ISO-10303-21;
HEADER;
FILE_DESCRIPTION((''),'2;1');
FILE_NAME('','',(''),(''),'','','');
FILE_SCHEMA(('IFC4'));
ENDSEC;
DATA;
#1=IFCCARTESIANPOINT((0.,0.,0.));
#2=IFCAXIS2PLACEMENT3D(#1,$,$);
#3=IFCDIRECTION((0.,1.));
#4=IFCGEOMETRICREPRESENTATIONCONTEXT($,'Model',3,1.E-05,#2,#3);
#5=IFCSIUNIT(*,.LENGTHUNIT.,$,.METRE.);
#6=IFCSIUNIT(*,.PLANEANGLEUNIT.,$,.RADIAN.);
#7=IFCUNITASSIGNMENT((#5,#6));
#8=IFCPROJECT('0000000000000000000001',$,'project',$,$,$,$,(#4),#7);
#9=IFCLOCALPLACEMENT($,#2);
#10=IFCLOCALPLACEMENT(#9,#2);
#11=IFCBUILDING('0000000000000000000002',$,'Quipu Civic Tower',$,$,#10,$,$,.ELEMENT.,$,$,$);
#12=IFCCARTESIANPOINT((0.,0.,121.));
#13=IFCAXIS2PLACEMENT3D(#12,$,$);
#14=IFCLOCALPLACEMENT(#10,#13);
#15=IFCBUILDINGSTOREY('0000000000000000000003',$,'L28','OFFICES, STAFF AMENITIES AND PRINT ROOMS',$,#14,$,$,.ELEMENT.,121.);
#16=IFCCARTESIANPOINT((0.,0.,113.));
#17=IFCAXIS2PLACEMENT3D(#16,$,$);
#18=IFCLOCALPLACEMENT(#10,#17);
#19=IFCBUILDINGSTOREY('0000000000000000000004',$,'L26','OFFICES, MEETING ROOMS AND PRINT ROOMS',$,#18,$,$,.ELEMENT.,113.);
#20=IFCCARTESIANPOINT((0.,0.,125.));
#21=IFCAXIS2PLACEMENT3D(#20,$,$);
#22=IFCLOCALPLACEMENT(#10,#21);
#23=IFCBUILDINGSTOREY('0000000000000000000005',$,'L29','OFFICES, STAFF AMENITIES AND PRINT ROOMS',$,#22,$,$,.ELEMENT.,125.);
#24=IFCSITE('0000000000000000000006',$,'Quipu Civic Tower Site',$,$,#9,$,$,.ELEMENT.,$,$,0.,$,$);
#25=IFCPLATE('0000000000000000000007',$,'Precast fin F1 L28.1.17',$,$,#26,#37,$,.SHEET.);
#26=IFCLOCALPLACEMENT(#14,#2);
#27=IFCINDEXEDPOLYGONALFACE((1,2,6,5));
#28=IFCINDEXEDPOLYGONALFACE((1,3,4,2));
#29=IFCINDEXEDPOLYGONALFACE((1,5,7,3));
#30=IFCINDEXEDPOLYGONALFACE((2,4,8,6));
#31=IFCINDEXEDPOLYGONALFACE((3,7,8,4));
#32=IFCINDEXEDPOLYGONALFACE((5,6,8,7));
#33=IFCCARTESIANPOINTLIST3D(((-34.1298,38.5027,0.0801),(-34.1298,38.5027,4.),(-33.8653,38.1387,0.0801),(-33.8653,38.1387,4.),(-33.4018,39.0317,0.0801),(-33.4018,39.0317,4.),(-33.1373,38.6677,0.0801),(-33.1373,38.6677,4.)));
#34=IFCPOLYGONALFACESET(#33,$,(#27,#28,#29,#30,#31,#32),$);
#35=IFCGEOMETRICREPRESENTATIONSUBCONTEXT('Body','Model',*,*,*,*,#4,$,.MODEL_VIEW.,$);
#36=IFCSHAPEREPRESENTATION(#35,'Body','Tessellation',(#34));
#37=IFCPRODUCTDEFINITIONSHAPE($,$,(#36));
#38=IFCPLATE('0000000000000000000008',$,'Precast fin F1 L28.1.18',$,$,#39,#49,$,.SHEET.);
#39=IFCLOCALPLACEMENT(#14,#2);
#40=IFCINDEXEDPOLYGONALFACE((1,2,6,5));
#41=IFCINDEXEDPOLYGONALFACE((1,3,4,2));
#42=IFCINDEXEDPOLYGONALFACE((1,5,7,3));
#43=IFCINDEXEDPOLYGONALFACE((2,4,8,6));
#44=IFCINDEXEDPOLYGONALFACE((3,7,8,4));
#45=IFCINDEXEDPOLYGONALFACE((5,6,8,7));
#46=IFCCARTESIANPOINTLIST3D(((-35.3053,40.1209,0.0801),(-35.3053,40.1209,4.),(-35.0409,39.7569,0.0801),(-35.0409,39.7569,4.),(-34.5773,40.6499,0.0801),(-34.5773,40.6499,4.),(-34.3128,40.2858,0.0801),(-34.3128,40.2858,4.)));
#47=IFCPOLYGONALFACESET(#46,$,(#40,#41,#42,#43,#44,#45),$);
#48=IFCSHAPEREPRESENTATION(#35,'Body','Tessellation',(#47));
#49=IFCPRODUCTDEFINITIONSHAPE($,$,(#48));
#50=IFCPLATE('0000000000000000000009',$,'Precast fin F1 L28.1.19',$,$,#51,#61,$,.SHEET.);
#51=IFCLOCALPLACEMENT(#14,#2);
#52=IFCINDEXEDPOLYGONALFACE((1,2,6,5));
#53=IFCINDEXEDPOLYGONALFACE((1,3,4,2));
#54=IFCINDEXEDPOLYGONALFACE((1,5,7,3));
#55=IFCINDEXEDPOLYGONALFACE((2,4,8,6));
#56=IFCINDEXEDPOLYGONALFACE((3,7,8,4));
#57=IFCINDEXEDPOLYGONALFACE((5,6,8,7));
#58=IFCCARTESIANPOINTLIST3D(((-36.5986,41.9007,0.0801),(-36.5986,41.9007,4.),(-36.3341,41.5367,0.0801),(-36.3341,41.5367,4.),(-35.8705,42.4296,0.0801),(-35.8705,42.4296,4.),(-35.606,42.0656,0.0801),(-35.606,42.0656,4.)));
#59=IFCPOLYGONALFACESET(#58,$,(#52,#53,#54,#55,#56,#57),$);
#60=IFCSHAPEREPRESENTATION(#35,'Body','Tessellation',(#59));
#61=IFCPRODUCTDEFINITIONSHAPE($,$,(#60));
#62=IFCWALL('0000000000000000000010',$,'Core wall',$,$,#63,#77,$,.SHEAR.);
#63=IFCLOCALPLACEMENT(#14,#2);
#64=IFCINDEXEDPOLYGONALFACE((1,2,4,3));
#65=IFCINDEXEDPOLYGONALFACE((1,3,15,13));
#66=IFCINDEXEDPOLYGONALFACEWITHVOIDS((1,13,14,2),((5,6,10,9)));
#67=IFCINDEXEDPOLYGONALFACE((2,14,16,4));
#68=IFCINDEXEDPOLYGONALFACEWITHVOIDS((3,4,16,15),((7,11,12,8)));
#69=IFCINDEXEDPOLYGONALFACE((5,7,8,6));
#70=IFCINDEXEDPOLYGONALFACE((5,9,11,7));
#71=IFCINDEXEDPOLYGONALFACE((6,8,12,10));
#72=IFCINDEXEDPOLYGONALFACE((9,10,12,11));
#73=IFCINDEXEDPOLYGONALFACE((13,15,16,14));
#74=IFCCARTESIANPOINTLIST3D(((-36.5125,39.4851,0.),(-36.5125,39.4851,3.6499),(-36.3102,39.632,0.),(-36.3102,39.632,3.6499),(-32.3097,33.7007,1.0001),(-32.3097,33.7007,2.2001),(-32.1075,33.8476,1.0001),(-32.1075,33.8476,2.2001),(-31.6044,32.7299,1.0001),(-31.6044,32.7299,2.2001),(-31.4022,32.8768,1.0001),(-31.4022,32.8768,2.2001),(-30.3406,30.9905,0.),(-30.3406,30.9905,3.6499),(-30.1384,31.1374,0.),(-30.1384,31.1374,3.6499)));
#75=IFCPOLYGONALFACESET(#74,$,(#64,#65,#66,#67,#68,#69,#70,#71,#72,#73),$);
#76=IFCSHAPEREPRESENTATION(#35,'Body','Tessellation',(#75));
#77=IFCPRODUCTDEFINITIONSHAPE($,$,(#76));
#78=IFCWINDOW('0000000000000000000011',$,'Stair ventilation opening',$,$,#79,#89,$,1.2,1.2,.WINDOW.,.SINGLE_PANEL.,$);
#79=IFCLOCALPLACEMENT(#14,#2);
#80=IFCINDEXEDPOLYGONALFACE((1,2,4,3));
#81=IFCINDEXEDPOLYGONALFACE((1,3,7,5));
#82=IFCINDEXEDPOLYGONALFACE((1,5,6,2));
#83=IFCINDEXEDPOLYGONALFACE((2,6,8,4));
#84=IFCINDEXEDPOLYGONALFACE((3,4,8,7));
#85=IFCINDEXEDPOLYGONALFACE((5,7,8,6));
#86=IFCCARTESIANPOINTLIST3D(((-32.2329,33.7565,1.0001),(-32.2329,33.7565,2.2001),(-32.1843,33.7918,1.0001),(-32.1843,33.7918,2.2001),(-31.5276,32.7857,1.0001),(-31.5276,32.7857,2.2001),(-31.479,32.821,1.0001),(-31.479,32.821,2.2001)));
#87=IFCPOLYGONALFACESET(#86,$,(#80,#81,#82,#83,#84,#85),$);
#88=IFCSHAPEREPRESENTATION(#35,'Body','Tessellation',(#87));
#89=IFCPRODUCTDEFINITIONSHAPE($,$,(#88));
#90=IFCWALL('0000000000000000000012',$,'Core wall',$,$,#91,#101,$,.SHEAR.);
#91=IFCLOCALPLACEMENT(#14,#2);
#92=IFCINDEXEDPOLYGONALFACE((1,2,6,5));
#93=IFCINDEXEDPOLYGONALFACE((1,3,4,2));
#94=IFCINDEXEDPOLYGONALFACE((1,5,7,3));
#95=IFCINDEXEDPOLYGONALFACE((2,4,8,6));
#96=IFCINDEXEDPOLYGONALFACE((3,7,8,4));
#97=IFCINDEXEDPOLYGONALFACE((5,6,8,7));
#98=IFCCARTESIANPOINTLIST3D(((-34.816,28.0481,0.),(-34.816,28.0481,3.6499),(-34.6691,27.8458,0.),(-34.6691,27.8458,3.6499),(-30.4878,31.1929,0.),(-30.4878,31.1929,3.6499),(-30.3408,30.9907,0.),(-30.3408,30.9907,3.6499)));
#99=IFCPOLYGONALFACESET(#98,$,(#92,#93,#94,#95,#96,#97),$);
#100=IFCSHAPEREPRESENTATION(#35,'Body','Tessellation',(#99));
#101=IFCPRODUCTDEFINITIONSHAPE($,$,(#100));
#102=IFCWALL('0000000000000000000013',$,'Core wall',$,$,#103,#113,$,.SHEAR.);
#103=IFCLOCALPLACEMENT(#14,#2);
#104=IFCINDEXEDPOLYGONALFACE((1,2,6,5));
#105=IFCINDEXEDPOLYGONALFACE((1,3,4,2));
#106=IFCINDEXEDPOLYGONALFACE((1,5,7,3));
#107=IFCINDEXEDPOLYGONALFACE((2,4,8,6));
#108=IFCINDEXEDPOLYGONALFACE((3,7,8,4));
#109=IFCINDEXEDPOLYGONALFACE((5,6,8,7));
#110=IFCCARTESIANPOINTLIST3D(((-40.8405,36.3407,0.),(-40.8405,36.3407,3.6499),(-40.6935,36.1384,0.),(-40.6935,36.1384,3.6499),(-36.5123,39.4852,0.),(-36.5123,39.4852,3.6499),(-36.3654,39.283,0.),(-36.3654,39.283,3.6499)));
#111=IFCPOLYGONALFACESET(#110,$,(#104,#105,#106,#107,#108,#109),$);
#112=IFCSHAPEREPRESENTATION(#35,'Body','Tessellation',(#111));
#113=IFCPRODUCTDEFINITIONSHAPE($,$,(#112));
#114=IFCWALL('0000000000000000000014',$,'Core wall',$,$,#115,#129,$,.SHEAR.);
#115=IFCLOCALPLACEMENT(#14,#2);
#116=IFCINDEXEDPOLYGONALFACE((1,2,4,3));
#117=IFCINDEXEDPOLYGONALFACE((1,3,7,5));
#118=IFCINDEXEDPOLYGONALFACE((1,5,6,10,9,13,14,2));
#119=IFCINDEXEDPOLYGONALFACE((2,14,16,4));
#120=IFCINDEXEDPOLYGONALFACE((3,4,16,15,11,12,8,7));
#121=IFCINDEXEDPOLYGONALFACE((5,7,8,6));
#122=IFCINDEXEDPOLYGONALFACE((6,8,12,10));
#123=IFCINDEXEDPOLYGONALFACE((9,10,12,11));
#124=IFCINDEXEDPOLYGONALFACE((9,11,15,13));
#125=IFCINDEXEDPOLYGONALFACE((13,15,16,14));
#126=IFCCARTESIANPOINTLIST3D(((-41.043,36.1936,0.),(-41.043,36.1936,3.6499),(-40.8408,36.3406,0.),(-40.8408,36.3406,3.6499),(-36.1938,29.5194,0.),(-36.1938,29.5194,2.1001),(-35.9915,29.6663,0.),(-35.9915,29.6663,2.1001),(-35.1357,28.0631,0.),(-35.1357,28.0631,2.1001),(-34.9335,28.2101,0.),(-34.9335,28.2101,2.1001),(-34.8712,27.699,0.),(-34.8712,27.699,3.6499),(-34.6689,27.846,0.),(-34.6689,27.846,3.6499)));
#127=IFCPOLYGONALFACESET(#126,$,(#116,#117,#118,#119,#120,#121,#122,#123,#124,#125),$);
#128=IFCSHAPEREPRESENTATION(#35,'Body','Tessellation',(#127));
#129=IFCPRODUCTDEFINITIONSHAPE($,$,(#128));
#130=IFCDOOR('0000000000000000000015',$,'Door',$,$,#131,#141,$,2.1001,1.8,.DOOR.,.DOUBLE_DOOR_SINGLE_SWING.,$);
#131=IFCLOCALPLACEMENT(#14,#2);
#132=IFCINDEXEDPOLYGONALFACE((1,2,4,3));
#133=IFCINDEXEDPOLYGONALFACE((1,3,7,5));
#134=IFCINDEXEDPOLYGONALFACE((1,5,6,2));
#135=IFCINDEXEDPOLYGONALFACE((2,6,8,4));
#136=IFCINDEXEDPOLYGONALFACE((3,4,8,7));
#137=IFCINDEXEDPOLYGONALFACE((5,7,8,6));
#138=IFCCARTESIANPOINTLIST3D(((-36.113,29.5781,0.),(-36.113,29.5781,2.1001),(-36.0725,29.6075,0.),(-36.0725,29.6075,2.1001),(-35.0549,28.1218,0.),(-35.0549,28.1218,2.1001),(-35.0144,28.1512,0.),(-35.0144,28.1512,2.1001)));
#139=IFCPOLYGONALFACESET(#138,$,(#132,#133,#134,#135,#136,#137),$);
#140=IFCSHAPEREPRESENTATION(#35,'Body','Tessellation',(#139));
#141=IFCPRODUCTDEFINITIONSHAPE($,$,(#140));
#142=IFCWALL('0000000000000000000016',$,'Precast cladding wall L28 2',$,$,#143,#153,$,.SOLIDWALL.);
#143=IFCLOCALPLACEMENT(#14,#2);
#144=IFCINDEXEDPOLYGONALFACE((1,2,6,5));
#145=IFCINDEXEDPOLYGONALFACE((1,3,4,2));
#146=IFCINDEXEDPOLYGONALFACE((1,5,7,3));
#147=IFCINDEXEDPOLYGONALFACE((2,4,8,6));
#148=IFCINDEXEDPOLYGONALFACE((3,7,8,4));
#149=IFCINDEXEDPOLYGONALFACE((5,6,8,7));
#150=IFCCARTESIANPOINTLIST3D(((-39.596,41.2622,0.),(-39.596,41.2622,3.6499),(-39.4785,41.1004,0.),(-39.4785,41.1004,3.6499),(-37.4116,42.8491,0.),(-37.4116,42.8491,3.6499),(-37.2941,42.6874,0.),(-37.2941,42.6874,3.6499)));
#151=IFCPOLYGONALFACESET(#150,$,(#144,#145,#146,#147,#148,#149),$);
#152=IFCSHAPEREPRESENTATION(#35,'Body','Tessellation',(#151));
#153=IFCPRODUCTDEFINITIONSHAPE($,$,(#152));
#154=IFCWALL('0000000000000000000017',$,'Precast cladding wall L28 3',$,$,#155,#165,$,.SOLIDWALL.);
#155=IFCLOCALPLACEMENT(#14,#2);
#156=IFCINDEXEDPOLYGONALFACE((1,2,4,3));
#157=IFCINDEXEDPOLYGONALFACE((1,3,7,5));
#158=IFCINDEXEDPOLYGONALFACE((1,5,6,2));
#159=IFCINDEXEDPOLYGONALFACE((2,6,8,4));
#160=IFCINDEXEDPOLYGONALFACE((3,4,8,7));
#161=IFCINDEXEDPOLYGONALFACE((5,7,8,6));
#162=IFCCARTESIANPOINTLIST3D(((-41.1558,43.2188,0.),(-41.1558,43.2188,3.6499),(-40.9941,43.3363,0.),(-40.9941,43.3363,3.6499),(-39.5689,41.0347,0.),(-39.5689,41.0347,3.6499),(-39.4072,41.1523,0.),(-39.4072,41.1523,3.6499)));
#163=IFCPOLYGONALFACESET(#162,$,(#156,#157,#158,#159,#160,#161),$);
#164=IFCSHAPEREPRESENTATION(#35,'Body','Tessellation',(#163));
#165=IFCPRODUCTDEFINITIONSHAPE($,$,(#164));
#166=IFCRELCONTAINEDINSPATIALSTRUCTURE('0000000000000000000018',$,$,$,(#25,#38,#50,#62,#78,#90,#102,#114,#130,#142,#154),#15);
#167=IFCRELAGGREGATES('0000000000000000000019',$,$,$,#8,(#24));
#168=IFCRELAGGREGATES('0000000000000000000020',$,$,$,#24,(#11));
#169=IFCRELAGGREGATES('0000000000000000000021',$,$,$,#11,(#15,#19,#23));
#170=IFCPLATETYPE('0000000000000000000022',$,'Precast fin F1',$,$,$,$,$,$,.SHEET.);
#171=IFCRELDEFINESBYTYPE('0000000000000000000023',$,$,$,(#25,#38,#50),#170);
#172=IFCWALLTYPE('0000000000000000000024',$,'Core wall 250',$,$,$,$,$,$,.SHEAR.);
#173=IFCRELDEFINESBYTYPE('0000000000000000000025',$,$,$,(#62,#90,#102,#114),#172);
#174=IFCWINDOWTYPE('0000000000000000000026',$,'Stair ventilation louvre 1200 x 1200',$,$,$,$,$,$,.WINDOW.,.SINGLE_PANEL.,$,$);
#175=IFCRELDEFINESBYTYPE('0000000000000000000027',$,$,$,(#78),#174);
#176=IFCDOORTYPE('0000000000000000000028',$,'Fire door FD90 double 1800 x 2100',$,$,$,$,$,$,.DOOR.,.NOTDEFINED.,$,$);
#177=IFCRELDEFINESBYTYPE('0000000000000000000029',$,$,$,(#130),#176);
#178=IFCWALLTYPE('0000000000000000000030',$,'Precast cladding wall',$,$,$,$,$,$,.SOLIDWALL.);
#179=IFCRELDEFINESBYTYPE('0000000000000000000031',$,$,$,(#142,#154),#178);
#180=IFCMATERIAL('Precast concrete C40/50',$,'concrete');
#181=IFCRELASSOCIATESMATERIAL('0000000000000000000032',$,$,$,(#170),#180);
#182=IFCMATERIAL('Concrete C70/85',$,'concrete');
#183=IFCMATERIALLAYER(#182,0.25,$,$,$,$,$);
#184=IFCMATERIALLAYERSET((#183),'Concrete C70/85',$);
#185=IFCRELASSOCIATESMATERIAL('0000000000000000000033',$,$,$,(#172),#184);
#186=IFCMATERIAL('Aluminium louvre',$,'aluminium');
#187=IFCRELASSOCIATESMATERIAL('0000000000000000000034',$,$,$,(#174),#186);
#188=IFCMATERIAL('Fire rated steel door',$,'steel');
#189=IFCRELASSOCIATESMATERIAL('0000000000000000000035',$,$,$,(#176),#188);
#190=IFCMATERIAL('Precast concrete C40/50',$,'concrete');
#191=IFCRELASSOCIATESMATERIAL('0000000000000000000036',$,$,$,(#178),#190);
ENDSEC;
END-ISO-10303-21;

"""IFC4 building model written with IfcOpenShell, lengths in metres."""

from ifc_helpers import new_model, si_unit, direction, frame, frame_2d, origin, origin_2d, place, context, subcontext, project, spatial, rectangle, extrude, material, layer, layer_set, type_object, element, fill, save


model = new_model("IFC4")

# Units and contexts
model_context = context("Model", 3, precision=1e-05, world=origin(), true_north=direction((0.0, 1.0)))
body_context = subcontext(model_context, "Body", "Model", "MODEL_VIEW")
ifc_project = project(units=[si_unit("LENGTHUNIT", "METRE"), si_unit("PLANEANGLEUNIT", "RADIAN")], contexts=[model_context])

# Site, building, storey
site_placement = place(None, origin())
site = spatial("IfcSite", under=ifc_project, at=site_placement, Name="Quipu Civic Tower Site", CompositionType="ELEMENT", RefElevation=0.0)
building_placement = place(site_placement, origin())
building = spatial("IfcBuilding", under=site, at=building_placement, Name="Quipu Civic Tower", CompositionType="ELEMENT")
storey_1_placement = place(building_placement, frame((0.0, 0.0, 121.0)))
storey_1 = spatial("IfcBuildingStorey", under=building, at=storey_1_placement, Name="L28", Description="OFFICES, STAFF AMENITIES AND PRINT ROOMS", CompositionType="ELEMENT", Elevation=121.0)

# Shared definitions
storey_2_placement = place(building_placement, frame((0.0, 0.0, 113.0)))
storey_2 = spatial("IfcBuildingStorey", under=building, at=storey_2_placement, Name="L26", Description="OFFICES, MEETING ROOMS AND PRINT ROOMS", CompositionType="ELEMENT", Elevation=113.0)

# Shared definitions
storey_3_placement = place(building_placement, frame((0.0, 0.0, 125.0)))
storey_3 = spatial("IfcBuildingStorey", under=building, at=storey_3_placement, Name="L29", Description="OFFICES, STAFF AMENITIES AND PRINT ROOMS", CompositionType="ELEMENT", Elevation=125.0)

# Plates
ifc_material_1 = material(Name="Precast concrete C40/50", Category="concrete")
plate_type_1 = type_object("IfcPlateType", Name="Precast fin F1", PredefinedType="SHEET", material=ifc_material_1)
for number, where, z_axis, x_axis, name in (
    (1, (-33.6335, 38.5852, 0.0801), (0.0, 0.0, 1.0), (-0.587785, 0.809017, 0.0), "Precast fin F1 L28.1.17"),
    (2, (-34.8091, 40.2034, 0.0801), (0.0, 0.0, 1.0), (-0.587785, 0.809017, 0.0), "Precast fin F1 L28.1.18"),
    (3, (-36.1023, 41.9832, 0.0801), (0.0, 0.0, 1.0), (-0.587785, 0.809017, 0.0), "Precast fin F1 L28.1.19"),
):
    element("IfcPlate", number, at=place(storey_1_placement, frame(where, z_axis=z_axis, x_axis=x_axis)), inside=storey_1, type_object=plate_type_1, Name=name, PredefinedType="SHEET", context=body_context, shape_type="SweptSolid", body=[
        extrude(rectangle(XDim=0.45, YDim=0.8999, at=origin_2d()), origin(), (0.0, 0.0, 1.0), 3.9199),
    ])

# Wall, opening, window
ifc_material_2 = material(Name="Concrete C70/85", Category="concrete")
ifc_layer_1 = layer(ifc_material_2, 0.25)
ifc_layer_set_1 = layer_set([ifc_layer_1], Name="Concrete C70/85")
wall_type_1 = type_object("IfcWallType", Name="Core wall 250", PredefinedType="SHEAR", material=ifc_layer_set_1)
wall_1_placement = place(storey_1_placement, frame((-30.2395, 31.064, 0.0), z_axis=(0.0, 0.0, 1.0), x_axis=(-0.587796, 0.809009, 0.0)))
wall_1 = element("IfcWall", 4, at=wall_1_placement, inside=storey_1, type_object=wall_type_1, Name="Core wall", PredefinedType="SHEAR", context=body_context, shape_type="SweptSolid", body=[
    extrude(rectangle(XDim=10.5, YDim=0.25, at=frame_2d((5.25, 0.0))), origin(), (0.0, 0.0, 1.0), 3.6499),
])
opening_1_placement = place(wall_1_placement, frame((2.1499, 0.0, 1.0)))
opening_1 = element("IfcOpeningElement", 5, at=opening_1_placement, cuts=wall_1, PredefinedType="OPENING", context=body_context, shape_type="SweptSolid", body=[
    extrude(rectangle(XDim=1.2, YDim=1.2, at=frame_2d((0.6001, 0.6001))), frame((0.0, 0.135, 0.0), z_axis=(0.0, -1.0, 0.0), x_axis=(1.0, 0.0, 0.0)), (0.0, 0.0, 1.0), 0.27),
])
ifc_material_3 = material(Name="Aluminium louvre", Category="aluminium")
window_type = type_object("IfcWindowType", Name="Stair ventilation louvre 1200 x 1200", PartitioningType="SINGLE_PANEL", PredefinedType="WINDOW", material=ifc_material_3)
window_placement = place(opening_1_placement, origin())
window = element("IfcWindow", 6, at=window_placement, inside=storey_1, type_object=window_type, Name="Stair ventilation opening", OverallHeight=1.2, OverallWidth=1.2, PartitioningType="SINGLE_PANEL", PredefinedType="WINDOW", context=body_context, shape_type="SweptSolid", body=[
    extrude(rectangle(XDim=1.2, YDim=1.2, at=frame_2d((0.6001, 0.6001))), frame((0.0, 0.03, 0.0), z_axis=(0.0, -1.0, 0.0), x_axis=(1.0, 0.0, 0.0)), (0.0, 0.0, 1.0), 0.0601),
])
fill(opening_1, window)

# Walls
wall_2_placement = place(storey_1_placement, frame((-30.4143, 31.0918, 0.0), z_axis=(0.0, 0.0, 1.0), x_axis=(-0.808998, -0.587811, 0.0)))
element("IfcWall", 7, at=wall_2_placement, inside=storey_1, type_object=wall_type_1, Name="Core wall", PredefinedType="SHEAR", context=body_context, shape_type="SweptSolid", body=[
    extrude(rectangle(XDim=5.3501, YDim=0.25, at=frame_2d((2.675, 0.0))), origin(), (0.0, 0.0, 1.0), 3.6499),
])
wall_3_placement = place(storey_1_placement, frame((-36.439, 39.384, 0.0), z_axis=(0.0, 0.0, 1.0), x_axis=(-0.80902, -0.587781, 0.0)))
element("IfcWall", 8, at=wall_3_placement, inside=storey_1, type_object=wall_type_1, Name="Core wall", PredefinedType="SHEAR", context=body_context, shape_type="SweptSolid", body=[
    extrude(rectangle(XDim=5.3499, YDim=0.25, at=frame_2d((2.6748, 0.0))), origin(), (0.0, 0.0, 1.0), 3.6499),
])

# Wall, opening, door
wall_4_placement = place(storey_1_placement, frame((-40.9419, 36.2671, 0.0), z_axis=(0.0, 0.0, 1.0), x_axis=(0.587796, -0.809009, 0.0)))
wall_4 = element("IfcWall", 9, at=wall_4_placement, inside=storey_1, type_object=wall_type_1, Name="Core wall", PredefinedType="SHEAR", context=body_context, shape_type="SweptSolid", body=[
    extrude(rectangle(XDim=10.5, YDim=0.25, at=frame_2d((5.25, 0.0))), origin(), (0.0, 0.0, 1.0), 3.6499),
])
opening_2_placement = place(wall_4_placement, frame((8.25, 0.0, 0.0)))
opening_2 = element("IfcOpeningElement", 10, at=opening_2_placement, cuts=wall_4, PredefinedType="OPENING", context=body_context, shape_type="SweptSolid", body=[
    extrude(rectangle(XDim=1.8, YDim=2.1001, at=frame_2d((0.8999, 1.05))), frame((0.0, 0.135, 0.0), z_axis=(0.0, -1.0, 0.0), x_axis=(1.0, 0.0, 0.0)), (0.0, 0.0, 1.0), 0.27),
])
ifc_material_4 = material(Name="Fire rated steel door", Category="steel")
door_type = type_object("IfcDoorType", Name="Fire door FD90 double 1800 x 2100", OperationType="NOTDEFINED", PredefinedType="DOOR", material=ifc_material_4)
door_placement = place(opening_2_placement, origin())
door = element("IfcDoor", 11, at=door_placement, inside=storey_1, type_object=door_type, Name="Door", OperationType="DOUBLE_DOOR_SINGLE_SWING", OverallHeight=2.1001, OverallWidth=1.8, PredefinedType="DOOR", context=body_context, shape_type="SweptSolid", body=[
    extrude(rectangle(XDim=1.8, YDim=2.1001, at=frame_2d((0.8999, 1.05))), frame((0.0, 0.0249, 0.0), z_axis=(0.0, -1.0, 0.0), x_axis=(1.0, 0.0, 0.0)), (0.0, 0.0, 1.0), 0.05),
])
fill(opening_2, door)

# Walls
ifc_material_5 = material(Name="Precast concrete C40/50", Category="concrete")
wall_type_2 = type_object("IfcWallType", Name="Precast cladding wall", PredefinedType="SOLIDWALL", material=ifc_material_5)
wall_5_placement = place(storey_1_placement, frame((-37.3528, 42.7683, 0.0), z_axis=(0.0, 0.0, 1.0), x_axis=(-0.809033, -0.587763, 0.0)))
element("IfcWall", 12, at=wall_5_placement, inside=storey_1, type_object=wall_type_2, Name="Precast cladding wall L28 2", PredefinedType="SOLIDWALL", context=body_context, shape_type="SweptSolid", body=[
    extrude(rectangle(XDim=2.7, YDim=0.2, at=frame_2d((1.3501, 0.0))), origin(), (0.0, 0.0, 1.0), 3.6499),
])
wall_6_placement = place(storey_1_placement, frame((-39.488, 41.0935, 0.0), z_axis=(0.0, 0.0, 1.0), x_axis=(-0.587806, 0.809002, 0.0)))
element("IfcWall", 13, at=wall_6_placement, inside=storey_1, type_object=wall_type_2, Name="Precast cladding wall L28 3", PredefinedType="SOLIDWALL", context=body_context, shape_type="SweptSolid", body=[
    extrude(rectangle(XDim=2.6997, YDim=0.2, at=frame_2d((1.3499, 0.0))), origin(), (0.0, 0.0, 1.0), 3.6499),
])

save(model, "model.ifc")
